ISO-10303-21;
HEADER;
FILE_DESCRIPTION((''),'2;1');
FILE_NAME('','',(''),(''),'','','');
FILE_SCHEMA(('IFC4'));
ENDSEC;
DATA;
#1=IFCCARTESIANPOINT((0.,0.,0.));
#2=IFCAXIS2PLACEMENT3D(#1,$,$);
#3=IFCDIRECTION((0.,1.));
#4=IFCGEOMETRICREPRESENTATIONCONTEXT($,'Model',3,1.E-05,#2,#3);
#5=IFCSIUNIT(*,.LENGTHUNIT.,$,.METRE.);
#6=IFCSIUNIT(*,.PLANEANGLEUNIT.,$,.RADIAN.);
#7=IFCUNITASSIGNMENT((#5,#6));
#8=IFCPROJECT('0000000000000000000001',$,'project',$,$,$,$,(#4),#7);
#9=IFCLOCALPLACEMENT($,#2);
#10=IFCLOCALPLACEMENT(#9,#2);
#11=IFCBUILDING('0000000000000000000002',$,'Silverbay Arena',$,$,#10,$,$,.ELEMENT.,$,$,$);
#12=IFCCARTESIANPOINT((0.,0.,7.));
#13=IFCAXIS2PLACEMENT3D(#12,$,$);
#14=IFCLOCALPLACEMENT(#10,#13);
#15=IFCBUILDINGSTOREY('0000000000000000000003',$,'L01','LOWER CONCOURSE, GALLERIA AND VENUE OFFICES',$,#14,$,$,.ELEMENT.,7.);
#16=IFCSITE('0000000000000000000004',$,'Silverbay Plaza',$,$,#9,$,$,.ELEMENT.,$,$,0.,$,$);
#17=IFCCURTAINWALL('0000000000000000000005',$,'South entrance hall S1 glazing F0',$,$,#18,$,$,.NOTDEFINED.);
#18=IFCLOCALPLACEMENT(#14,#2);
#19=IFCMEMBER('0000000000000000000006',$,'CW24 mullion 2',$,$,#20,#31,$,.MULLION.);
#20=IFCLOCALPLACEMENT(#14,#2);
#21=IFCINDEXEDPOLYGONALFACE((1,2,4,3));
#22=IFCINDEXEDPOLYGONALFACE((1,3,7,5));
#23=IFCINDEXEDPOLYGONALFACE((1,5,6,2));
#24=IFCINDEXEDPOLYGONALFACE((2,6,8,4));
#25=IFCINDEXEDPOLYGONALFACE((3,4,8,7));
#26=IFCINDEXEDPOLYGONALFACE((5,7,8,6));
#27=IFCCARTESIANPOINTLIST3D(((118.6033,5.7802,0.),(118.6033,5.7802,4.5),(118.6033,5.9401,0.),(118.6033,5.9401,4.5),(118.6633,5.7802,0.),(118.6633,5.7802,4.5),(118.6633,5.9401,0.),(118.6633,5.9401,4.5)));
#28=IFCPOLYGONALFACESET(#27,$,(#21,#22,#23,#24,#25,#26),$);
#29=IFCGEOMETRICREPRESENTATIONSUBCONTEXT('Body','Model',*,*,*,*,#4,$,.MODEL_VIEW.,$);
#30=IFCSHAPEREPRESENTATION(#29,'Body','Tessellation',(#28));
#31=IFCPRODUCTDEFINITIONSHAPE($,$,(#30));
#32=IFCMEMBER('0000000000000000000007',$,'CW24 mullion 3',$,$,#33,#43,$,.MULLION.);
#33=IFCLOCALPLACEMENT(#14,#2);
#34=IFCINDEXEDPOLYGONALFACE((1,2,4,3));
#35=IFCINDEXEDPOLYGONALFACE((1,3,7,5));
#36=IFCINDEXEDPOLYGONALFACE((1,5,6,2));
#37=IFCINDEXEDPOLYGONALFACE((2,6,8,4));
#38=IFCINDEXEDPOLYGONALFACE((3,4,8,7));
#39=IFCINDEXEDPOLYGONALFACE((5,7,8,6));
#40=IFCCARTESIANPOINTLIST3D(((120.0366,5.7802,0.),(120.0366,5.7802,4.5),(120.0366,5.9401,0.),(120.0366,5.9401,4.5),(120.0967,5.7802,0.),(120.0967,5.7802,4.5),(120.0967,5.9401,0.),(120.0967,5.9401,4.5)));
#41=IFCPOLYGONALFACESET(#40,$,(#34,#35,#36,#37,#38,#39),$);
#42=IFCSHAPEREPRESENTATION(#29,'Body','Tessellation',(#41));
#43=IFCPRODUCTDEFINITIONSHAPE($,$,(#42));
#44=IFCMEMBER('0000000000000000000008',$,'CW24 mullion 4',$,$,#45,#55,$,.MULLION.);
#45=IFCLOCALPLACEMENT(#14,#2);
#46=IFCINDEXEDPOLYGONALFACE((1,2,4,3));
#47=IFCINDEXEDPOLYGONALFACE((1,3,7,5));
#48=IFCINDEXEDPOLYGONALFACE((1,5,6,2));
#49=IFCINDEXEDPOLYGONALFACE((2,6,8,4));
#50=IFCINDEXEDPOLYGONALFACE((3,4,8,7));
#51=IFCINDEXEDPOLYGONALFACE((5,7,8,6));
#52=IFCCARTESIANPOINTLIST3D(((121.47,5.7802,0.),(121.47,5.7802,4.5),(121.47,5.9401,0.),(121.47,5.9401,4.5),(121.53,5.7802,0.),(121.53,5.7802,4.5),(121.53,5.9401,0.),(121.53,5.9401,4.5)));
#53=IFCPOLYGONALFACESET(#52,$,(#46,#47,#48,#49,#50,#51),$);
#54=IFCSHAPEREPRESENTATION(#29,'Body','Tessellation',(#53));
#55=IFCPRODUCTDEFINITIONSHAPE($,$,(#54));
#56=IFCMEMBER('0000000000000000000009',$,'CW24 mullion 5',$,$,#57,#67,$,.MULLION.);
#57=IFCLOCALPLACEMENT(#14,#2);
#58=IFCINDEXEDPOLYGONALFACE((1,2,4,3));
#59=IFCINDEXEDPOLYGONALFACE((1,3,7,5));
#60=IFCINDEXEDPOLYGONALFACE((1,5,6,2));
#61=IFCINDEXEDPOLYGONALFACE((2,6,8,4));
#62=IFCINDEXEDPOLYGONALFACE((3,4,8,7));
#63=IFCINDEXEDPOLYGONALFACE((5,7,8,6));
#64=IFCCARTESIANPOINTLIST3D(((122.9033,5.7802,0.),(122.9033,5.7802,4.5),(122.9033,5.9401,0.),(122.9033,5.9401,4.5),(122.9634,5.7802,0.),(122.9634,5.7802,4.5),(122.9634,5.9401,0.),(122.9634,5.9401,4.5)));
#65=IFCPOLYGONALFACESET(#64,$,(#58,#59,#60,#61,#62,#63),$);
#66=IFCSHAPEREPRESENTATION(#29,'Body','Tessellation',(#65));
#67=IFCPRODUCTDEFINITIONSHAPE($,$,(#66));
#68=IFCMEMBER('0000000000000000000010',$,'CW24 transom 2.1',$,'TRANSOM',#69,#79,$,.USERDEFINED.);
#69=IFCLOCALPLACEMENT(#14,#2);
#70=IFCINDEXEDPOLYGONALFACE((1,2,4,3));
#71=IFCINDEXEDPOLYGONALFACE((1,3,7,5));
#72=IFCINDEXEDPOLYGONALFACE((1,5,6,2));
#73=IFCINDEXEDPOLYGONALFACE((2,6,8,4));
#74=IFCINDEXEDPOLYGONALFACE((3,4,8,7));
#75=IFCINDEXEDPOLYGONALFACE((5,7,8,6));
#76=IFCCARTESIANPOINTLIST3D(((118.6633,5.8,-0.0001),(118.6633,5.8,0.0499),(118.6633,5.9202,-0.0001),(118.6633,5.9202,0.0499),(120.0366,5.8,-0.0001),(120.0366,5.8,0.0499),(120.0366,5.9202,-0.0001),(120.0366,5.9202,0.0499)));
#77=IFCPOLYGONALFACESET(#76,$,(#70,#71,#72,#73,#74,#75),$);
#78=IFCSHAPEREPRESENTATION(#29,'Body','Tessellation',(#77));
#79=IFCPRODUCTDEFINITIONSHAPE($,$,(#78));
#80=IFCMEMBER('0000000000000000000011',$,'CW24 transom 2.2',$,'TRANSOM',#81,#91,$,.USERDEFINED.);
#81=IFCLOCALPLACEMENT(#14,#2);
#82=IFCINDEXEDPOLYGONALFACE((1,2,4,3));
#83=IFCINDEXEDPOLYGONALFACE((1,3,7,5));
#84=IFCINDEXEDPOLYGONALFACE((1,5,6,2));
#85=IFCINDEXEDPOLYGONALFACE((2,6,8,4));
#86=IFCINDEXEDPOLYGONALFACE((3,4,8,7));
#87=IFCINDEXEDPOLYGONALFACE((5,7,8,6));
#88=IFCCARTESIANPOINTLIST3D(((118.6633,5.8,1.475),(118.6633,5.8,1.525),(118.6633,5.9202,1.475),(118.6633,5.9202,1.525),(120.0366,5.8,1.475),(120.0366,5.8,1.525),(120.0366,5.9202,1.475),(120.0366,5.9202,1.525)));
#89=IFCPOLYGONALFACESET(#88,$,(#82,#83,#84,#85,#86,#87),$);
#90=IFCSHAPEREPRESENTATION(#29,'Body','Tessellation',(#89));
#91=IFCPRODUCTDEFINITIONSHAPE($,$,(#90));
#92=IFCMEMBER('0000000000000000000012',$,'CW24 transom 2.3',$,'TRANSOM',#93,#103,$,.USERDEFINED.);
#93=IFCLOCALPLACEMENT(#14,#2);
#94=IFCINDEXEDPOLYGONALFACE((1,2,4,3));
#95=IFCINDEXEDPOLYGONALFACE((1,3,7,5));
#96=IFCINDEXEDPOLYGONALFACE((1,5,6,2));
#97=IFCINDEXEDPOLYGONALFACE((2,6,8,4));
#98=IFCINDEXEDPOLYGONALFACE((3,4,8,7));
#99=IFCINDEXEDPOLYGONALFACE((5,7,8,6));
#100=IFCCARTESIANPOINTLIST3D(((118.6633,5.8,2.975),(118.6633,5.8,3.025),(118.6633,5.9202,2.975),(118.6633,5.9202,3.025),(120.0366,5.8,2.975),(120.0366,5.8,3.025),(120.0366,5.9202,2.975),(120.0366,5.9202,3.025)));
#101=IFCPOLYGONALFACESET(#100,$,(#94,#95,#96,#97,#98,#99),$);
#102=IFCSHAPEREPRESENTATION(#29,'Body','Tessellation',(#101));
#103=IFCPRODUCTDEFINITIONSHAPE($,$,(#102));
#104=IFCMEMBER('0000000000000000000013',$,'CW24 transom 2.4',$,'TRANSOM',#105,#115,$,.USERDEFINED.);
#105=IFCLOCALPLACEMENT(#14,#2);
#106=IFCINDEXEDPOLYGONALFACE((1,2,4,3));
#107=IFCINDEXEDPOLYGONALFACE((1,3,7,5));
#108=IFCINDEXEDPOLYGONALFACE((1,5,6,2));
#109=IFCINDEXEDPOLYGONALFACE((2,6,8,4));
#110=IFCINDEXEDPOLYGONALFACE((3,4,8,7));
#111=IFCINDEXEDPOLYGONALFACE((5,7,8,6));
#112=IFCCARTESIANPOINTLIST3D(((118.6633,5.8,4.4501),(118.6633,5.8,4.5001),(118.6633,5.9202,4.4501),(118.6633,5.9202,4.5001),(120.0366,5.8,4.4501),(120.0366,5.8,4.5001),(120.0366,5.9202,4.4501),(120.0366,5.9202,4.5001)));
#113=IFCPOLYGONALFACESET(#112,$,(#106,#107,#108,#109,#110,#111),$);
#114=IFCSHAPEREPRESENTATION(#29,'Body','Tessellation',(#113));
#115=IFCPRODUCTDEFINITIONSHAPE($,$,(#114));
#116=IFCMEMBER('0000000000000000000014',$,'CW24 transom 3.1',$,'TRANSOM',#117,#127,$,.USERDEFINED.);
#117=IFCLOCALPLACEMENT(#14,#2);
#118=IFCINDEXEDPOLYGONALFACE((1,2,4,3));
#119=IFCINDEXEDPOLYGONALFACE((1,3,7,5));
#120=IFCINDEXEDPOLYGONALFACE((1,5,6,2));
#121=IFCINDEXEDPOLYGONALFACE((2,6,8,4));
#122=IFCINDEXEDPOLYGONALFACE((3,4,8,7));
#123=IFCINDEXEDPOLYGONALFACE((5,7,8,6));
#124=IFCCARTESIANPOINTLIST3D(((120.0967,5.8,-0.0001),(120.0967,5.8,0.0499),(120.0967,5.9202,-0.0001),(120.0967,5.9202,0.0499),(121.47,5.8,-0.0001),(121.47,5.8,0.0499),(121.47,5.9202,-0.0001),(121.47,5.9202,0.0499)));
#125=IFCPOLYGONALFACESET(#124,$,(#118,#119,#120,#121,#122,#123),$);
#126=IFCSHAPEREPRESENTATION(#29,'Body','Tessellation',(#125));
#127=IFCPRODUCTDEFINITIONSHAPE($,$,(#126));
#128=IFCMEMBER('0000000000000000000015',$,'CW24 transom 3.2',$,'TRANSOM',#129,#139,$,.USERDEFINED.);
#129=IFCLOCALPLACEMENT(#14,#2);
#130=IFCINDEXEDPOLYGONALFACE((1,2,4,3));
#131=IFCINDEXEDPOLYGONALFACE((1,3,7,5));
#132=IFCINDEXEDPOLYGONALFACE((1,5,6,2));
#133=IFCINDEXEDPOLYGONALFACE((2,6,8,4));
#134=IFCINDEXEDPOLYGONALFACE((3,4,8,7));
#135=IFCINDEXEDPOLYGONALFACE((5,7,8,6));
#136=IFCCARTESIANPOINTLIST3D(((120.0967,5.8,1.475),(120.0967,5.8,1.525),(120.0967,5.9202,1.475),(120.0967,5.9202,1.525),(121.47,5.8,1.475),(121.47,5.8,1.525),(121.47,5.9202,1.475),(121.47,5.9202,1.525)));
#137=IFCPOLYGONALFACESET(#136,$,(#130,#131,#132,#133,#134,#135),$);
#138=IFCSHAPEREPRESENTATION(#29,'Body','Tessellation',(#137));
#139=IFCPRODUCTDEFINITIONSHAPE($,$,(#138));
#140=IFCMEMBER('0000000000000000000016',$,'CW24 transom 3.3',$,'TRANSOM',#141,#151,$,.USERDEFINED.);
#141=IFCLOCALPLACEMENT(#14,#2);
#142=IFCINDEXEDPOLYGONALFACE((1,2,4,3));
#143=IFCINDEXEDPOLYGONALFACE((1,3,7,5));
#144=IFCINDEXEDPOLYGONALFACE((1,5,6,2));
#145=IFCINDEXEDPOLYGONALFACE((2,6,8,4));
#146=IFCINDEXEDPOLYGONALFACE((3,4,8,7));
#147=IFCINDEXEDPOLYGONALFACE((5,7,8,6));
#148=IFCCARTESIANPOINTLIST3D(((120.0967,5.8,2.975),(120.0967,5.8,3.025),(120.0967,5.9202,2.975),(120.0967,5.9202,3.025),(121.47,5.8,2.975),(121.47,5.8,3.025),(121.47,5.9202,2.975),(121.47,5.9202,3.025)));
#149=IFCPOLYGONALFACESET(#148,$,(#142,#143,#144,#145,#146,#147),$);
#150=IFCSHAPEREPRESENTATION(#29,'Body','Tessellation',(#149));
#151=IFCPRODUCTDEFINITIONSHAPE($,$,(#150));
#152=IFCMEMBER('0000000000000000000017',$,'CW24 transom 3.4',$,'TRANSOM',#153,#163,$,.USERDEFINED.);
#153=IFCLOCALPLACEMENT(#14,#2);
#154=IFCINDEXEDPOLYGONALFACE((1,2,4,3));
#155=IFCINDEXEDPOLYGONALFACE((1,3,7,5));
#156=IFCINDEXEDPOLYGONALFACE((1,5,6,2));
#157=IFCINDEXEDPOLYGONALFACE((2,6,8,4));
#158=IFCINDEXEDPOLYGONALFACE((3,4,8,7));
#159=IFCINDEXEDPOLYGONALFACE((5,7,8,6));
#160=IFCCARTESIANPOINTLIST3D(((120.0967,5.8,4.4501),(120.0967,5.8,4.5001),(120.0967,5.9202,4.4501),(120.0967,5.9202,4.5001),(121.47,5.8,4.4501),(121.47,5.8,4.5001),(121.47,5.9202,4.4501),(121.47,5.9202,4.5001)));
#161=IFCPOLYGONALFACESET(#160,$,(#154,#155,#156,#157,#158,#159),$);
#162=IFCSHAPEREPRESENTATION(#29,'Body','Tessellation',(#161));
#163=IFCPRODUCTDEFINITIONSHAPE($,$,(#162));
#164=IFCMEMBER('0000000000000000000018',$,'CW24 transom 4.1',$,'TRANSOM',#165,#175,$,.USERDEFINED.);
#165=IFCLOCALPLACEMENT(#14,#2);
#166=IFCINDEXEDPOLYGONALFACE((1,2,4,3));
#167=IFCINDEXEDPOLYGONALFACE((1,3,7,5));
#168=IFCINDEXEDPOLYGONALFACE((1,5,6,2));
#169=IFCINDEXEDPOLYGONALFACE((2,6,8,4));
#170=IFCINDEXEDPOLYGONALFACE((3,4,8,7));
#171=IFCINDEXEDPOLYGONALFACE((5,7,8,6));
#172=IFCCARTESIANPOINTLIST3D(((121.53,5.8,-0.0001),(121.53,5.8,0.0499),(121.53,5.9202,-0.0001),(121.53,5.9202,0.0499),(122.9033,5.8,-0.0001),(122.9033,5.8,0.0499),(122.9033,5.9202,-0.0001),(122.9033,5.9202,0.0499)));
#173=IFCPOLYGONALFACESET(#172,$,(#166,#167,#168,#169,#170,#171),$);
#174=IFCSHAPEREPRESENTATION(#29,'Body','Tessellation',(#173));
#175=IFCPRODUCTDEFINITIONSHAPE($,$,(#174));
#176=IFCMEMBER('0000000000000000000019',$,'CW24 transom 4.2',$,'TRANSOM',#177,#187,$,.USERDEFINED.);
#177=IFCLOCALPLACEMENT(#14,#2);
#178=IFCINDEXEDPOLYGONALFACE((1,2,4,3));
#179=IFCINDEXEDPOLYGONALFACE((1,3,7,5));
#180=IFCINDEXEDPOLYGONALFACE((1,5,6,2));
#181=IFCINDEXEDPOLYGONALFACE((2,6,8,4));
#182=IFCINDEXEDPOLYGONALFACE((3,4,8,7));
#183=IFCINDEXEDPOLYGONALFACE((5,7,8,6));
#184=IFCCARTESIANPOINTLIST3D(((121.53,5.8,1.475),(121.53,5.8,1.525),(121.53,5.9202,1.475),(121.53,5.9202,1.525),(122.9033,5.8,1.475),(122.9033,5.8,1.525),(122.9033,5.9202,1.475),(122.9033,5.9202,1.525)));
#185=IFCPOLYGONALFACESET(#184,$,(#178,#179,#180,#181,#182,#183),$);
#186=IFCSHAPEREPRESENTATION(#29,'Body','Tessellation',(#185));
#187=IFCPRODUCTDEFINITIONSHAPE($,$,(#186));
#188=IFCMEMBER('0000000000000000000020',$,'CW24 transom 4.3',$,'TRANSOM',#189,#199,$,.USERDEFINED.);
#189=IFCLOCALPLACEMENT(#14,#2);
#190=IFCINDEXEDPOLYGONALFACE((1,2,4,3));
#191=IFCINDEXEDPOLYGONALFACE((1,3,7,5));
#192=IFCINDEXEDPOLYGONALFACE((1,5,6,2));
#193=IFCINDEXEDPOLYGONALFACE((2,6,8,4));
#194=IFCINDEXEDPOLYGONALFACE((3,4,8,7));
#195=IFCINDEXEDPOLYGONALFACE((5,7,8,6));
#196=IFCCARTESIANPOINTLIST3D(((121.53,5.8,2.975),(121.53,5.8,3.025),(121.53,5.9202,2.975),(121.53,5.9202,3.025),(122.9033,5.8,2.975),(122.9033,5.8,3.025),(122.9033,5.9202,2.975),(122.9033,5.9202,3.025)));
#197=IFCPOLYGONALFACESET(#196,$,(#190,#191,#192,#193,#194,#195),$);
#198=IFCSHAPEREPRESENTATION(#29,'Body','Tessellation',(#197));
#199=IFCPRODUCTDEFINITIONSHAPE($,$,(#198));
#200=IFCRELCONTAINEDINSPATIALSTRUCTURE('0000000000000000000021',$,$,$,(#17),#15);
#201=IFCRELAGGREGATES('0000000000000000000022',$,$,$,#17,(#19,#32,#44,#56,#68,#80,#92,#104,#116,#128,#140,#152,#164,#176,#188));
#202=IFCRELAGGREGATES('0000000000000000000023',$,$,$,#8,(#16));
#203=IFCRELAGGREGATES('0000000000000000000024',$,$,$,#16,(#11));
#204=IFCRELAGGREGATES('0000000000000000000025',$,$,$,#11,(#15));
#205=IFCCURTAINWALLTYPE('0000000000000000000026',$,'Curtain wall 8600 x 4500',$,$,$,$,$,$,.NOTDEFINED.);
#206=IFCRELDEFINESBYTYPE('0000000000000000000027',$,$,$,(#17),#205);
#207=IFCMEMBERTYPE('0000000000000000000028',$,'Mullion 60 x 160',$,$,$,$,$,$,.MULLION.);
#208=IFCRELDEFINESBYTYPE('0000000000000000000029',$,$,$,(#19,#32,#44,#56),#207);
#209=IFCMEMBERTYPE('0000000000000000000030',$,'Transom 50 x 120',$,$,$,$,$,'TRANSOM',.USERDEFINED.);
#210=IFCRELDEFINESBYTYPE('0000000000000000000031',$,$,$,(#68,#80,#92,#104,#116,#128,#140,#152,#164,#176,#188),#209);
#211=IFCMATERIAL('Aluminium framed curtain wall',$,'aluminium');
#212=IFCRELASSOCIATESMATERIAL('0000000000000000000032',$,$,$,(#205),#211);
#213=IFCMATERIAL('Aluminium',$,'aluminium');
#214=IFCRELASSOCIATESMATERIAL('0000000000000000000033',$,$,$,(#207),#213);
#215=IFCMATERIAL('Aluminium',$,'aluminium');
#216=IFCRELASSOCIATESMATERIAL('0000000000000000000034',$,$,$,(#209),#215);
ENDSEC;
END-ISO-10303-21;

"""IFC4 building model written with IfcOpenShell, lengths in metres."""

from ifc_helpers import new_model, si_unit, direction, frame, origin, origin_2d, place, context, subcontext, project, spatial, rectangle, extrude, material, material_profile, profile_set, type_object, element, aggregate, save


model = new_model("IFC4")

# Units and contexts
model_context = context("Model", 3, precision=1e-05, world=origin(), true_north=direction((0.0, 1.0)))
body_context = subcontext(model_context, "Body", "Model", "MODEL_VIEW")
ifc_project = project(units=[si_unit("LENGTHUNIT", "METRE"), si_unit("PLANEANGLEUNIT", "RADIAN")], contexts=[model_context])

# Site, building, storey
site_placement = place(None, origin())
site = spatial("IfcSite", under=ifc_project, at=site_placement, Name="Silverbay Plaza", CompositionType="ELEMENT", RefElevation=0.0)
building_placement = place(site_placement, origin())
building = spatial("IfcBuilding", under=site, at=building_placement, Name="Silverbay Arena", CompositionType="ELEMENT")
storey_placement = place(building_placement, frame((0.0, 0.0, 7.0)))
storey = spatial("IfcBuildingStorey", under=building, at=storey_placement, Name="L01", Description="LOWER CONCOURSE, GALLERIA AND VENUE OFFICES", CompositionType="ELEMENT", Elevation=7.0)

# Curtain wall, members
ifc_material_1 = material(Name="Aluminium framed curtain wall", Category="aluminium")
curtain_wall_type = type_object("IfcCurtainWallType", Name="Curtain wall 8600 x 4500", PredefinedType="NOTDEFINED", material=ifc_material_1)
curtain_wall_placement = place(storey_placement, origin())
curtain_wall = element("IfcCurtainWall", 1, at=curtain_wall_placement, inside=storey, type_object=curtain_wall_type, Name="South entrance hall S1 glazing F0", PredefinedType="NOTDEFINED")
ifc_material_2 = material(Name="Aluminium", Category="aluminium")
ifc_material_profile_1 = material_profile(ifc_material_2, rectangle(XDim=0.1599, YDim=0.0601, at=origin_2d()), Name="Mullion 60 x 160")
ifc_profile_set_1 = profile_set([ifc_material_profile_1], Name="Aluminium")
member_type_1 = type_object("IfcMemberType", Name="Mullion 60 x 160", PredefinedType="MULLION", material=ifc_profile_set_1)
member_1_placement = place(storey_placement, frame((118.6333, 5.8601, 0.0), z_axis=(0.0, 0.0, 1.0), x_axis=(0.0, 1.0, 0.0)))
member_1 = element("IfcMember", 2, at=member_1_placement, type_object=member_type_1, Name="CW24 mullion 2", PredefinedType="MULLION", context=body_context, shape_type="SweptSolid", body=[
    extrude(rectangle(XDim=0.1599, YDim=0.0601, at=origin_2d()), origin(), (0.0, 0.0, 1.0), 4.5),
])
member_2_placement = place(storey_placement, frame((120.0667, 5.8601, 0.0), z_axis=(0.0, 0.0, 1.0), x_axis=(0.0, 1.0, 0.0)))
member_2 = element("IfcMember", 3, at=member_2_placement, type_object=member_type_1, Name="CW24 mullion 3", PredefinedType="MULLION", context=body_context, shape_type="SweptSolid", body=[
    extrude(rectangle(XDim=0.1599, YDim=0.0601, at=origin_2d()), origin(), (0.0, 0.0, 1.0), 4.5),
])
member_3_placement = place(storey_placement, frame((121.5, 5.8601, 0.0), z_axis=(0.0, 0.0, 1.0), x_axis=(0.0, 1.0, 0.0)))
member_3 = element("IfcMember", 4, at=member_3_placement, type_object=member_type_1, Name="CW24 mullion 4", PredefinedType="MULLION", context=body_context, shape_type="SweptSolid", body=[
    extrude(rectangle(XDim=0.1599, YDim=0.0601, at=origin_2d()), origin(), (0.0, 0.0, 1.0), 4.5),
])
member_4_placement = place(storey_placement, frame((122.9333, 5.8601, 0.0), z_axis=(0.0, 0.0, 1.0), x_axis=(0.0, 1.0, 0.0)))
member_4 = element("IfcMember", 5, at=member_4_placement, type_object=member_type_1, Name="CW24 mullion 5", PredefinedType="MULLION", context=body_context, shape_type="SweptSolid", body=[
    extrude(rectangle(XDim=0.1599, YDim=0.0601, at=origin_2d()), origin(), (0.0, 0.0, 1.0), 4.5),
])
ifc_material_3 = material(Name="Aluminium", Category="aluminium")
ifc_material_profile_2 = material_profile(ifc_material_3, rectangle(XDim=0.1201, YDim=0.05, at=origin_2d()), Name="Transom 50 x 120")
ifc_profile_set_2 = profile_set([ifc_material_profile_2], Name="Aluminium")
member_type_2 = type_object("IfcMemberType", Name="Transom 50 x 120", ElementType="TRANSOM", PredefinedType="USERDEFINED", material=ifc_profile_set_2)
member_5_placement = place(storey_placement, frame((118.6633, 5.8601, 0.0249), z_axis=(1.0, 0.0, 0.0), x_axis=(0.0, 1.0, 0.0)))
member_5 = element("IfcMember", 6, at=member_5_placement, type_object=member_type_2, Name="CW24 transom 2.1", ObjectType="TRANSOM", PredefinedType="USERDEFINED", context=body_context, shape_type="SweptSolid", body=[
    extrude(rectangle(XDim=0.1201, YDim=0.05, at=origin_2d()), origin(), (0.0, 0.0, 1.0), 1.3733),
])
member_6_placement = place(storey_placement, frame((118.6633, 5.8601, 1.5), z_axis=(1.0, 0.0, 0.0), x_axis=(0.0, 1.0, 0.0)))
member_6 = element("IfcMember", 7, at=member_6_placement, type_object=member_type_2, Name="CW24 transom 2.2", ObjectType="TRANSOM", PredefinedType="USERDEFINED", context=body_context, shape_type="SweptSolid", body=[
    extrude(rectangle(XDim=0.1201, YDim=0.05, at=origin_2d()), origin(), (0.0, 0.0, 1.0), 1.3733),
])
member_7_placement = place(storey_placement, frame((118.6633, 5.8601, 3.0), z_axis=(1.0, 0.0, 0.0), x_axis=(0.0, 1.0, 0.0)))
member_7 = element("IfcMember", 8, at=member_7_placement, type_object=member_type_2, Name="CW24 transom 2.3", ObjectType="TRANSOM", PredefinedType="USERDEFINED", context=body_context, shape_type="SweptSolid", body=[
    extrude(rectangle(XDim=0.1201, YDim=0.05, at=origin_2d()), origin(), (0.0, 0.0, 1.0), 1.3733),
])
member_8_placement = place(storey_placement, frame((118.6633, 5.8601, 4.4751), z_axis=(1.0, 0.0, 0.0), x_axis=(0.0, 1.0, 0.0)))
member_8 = element("IfcMember", 9, at=member_8_placement, type_object=member_type_2, Name="CW24 transom 2.4", ObjectType="TRANSOM", PredefinedType="USERDEFINED", context=body_context, shape_type="SweptSolid", body=[
    extrude(rectangle(XDim=0.1201, YDim=0.05, at=origin_2d()), origin(), (0.0, 0.0, 1.0), 1.3733),
])
member_9_placement = place(storey_placement, frame((120.0967, 5.8601, 0.0249), z_axis=(1.0, 0.0, 0.0), x_axis=(0.0, 1.0, 0.0)))
member_9 = element("IfcMember", 10, at=member_9_placement, type_object=member_type_2, Name="CW24 transom 3.1", ObjectType="TRANSOM", PredefinedType="USERDEFINED", context=body_context, shape_type="SweptSolid", body=[
    extrude(rectangle(XDim=0.1201, YDim=0.05, at=origin_2d()), origin(), (0.0, 0.0, 1.0), 1.3733),
])
member_10_placement = place(storey_placement, frame((120.0967, 5.8601, 1.5), z_axis=(1.0, 0.0, 0.0), x_axis=(0.0, 1.0, 0.0)))
member_10 = element("IfcMember", 11, at=member_10_placement, type_object=member_type_2, Name="CW24 transom 3.2", ObjectType="TRANSOM", PredefinedType="USERDEFINED", context=body_context, shape_type="SweptSolid", body=[
    extrude(rectangle(XDim=0.1201, YDim=0.05, at=origin_2d()), origin(), (0.0, 0.0, 1.0), 1.3733),
])
member_11_placement = place(storey_placement, frame((120.0967, 5.8601, 3.0), z_axis=(1.0, 0.0, 0.0), x_axis=(0.0, 1.0, 0.0)))
member_11 = element("IfcMember", 12, at=member_11_placement, type_object=member_type_2, Name="CW24 transom 3.3", ObjectType="TRANSOM", PredefinedType="USERDEFINED", context=body_context, shape_type="SweptSolid", body=[
    extrude(rectangle(XDim=0.1201, YDim=0.05, at=origin_2d()), origin(), (0.0, 0.0, 1.0), 1.3733),
])
member_12_placement = place(storey_placement, frame((120.0967, 5.8601, 4.4751), z_axis=(1.0, 0.0, 0.0), x_axis=(0.0, 1.0, 0.0)))
member_12 = element("IfcMember", 13, at=member_12_placement, type_object=member_type_2, Name="CW24 transom 3.4", ObjectType="TRANSOM", PredefinedType="USERDEFINED", context=body_context, shape_type="SweptSolid", body=[
    extrude(rectangle(XDim=0.1201, YDim=0.05, at=origin_2d()), origin(), (0.0, 0.0, 1.0), 1.3733),
])
member_13_placement = place(storey_placement, frame((121.53, 5.8601, 0.0249), z_axis=(1.0, 0.0, 0.0), x_axis=(0.0, 1.0, 0.0)))
member_13 = element("IfcMember", 14, at=member_13_placement, type_object=member_type_2, Name="CW24 transom 4.1", ObjectType="TRANSOM", PredefinedType="USERDEFINED", context=body_context, shape_type="SweptSolid", body=[
    extrude(rectangle(XDim=0.1201, YDim=0.05, at=origin_2d()), origin(), (0.0, 0.0, 1.0), 1.3733),
])
member_14_placement = place(storey_placement, frame((121.53, 5.8601, 1.5), z_axis=(1.0, 0.0, 0.0), x_axis=(0.0, 1.0, 0.0)))
member_14 = element("IfcMember", 15, at=member_14_placement, type_object=member_type_2, Name="CW24 transom 4.2", ObjectType="TRANSOM", PredefinedType="USERDEFINED", context=body_context, shape_type="SweptSolid", body=[
    extrude(rectangle(XDim=0.1201, YDim=0.05, at=origin_2d()), origin(), (0.0, 0.0, 1.0), 1.3733),
])
member_15_placement = place(storey_placement, frame((121.53, 5.8601, 3.0), z_axis=(1.0, 0.0, 0.0), x_axis=(0.0, 1.0, 0.0)))
member_15 = element("IfcMember", 16, at=member_15_placement, type_object=member_type_2, Name="CW24 transom 4.3", ObjectType="TRANSOM", PredefinedType="USERDEFINED", context=body_context, shape_type="SweptSolid", body=[
    extrude(rectangle(XDim=0.1201, YDim=0.05, at=origin_2d()), origin(), (0.0, 0.0, 1.0), 1.3733),
])
aggregate(curtain_wall, [member_1, member_2, member_3, member_4, member_5, member_6, member_7, member_8, member_9, member_10, member_11, member_12, member_13, member_14, member_15])

save(model, "model.ifc")
